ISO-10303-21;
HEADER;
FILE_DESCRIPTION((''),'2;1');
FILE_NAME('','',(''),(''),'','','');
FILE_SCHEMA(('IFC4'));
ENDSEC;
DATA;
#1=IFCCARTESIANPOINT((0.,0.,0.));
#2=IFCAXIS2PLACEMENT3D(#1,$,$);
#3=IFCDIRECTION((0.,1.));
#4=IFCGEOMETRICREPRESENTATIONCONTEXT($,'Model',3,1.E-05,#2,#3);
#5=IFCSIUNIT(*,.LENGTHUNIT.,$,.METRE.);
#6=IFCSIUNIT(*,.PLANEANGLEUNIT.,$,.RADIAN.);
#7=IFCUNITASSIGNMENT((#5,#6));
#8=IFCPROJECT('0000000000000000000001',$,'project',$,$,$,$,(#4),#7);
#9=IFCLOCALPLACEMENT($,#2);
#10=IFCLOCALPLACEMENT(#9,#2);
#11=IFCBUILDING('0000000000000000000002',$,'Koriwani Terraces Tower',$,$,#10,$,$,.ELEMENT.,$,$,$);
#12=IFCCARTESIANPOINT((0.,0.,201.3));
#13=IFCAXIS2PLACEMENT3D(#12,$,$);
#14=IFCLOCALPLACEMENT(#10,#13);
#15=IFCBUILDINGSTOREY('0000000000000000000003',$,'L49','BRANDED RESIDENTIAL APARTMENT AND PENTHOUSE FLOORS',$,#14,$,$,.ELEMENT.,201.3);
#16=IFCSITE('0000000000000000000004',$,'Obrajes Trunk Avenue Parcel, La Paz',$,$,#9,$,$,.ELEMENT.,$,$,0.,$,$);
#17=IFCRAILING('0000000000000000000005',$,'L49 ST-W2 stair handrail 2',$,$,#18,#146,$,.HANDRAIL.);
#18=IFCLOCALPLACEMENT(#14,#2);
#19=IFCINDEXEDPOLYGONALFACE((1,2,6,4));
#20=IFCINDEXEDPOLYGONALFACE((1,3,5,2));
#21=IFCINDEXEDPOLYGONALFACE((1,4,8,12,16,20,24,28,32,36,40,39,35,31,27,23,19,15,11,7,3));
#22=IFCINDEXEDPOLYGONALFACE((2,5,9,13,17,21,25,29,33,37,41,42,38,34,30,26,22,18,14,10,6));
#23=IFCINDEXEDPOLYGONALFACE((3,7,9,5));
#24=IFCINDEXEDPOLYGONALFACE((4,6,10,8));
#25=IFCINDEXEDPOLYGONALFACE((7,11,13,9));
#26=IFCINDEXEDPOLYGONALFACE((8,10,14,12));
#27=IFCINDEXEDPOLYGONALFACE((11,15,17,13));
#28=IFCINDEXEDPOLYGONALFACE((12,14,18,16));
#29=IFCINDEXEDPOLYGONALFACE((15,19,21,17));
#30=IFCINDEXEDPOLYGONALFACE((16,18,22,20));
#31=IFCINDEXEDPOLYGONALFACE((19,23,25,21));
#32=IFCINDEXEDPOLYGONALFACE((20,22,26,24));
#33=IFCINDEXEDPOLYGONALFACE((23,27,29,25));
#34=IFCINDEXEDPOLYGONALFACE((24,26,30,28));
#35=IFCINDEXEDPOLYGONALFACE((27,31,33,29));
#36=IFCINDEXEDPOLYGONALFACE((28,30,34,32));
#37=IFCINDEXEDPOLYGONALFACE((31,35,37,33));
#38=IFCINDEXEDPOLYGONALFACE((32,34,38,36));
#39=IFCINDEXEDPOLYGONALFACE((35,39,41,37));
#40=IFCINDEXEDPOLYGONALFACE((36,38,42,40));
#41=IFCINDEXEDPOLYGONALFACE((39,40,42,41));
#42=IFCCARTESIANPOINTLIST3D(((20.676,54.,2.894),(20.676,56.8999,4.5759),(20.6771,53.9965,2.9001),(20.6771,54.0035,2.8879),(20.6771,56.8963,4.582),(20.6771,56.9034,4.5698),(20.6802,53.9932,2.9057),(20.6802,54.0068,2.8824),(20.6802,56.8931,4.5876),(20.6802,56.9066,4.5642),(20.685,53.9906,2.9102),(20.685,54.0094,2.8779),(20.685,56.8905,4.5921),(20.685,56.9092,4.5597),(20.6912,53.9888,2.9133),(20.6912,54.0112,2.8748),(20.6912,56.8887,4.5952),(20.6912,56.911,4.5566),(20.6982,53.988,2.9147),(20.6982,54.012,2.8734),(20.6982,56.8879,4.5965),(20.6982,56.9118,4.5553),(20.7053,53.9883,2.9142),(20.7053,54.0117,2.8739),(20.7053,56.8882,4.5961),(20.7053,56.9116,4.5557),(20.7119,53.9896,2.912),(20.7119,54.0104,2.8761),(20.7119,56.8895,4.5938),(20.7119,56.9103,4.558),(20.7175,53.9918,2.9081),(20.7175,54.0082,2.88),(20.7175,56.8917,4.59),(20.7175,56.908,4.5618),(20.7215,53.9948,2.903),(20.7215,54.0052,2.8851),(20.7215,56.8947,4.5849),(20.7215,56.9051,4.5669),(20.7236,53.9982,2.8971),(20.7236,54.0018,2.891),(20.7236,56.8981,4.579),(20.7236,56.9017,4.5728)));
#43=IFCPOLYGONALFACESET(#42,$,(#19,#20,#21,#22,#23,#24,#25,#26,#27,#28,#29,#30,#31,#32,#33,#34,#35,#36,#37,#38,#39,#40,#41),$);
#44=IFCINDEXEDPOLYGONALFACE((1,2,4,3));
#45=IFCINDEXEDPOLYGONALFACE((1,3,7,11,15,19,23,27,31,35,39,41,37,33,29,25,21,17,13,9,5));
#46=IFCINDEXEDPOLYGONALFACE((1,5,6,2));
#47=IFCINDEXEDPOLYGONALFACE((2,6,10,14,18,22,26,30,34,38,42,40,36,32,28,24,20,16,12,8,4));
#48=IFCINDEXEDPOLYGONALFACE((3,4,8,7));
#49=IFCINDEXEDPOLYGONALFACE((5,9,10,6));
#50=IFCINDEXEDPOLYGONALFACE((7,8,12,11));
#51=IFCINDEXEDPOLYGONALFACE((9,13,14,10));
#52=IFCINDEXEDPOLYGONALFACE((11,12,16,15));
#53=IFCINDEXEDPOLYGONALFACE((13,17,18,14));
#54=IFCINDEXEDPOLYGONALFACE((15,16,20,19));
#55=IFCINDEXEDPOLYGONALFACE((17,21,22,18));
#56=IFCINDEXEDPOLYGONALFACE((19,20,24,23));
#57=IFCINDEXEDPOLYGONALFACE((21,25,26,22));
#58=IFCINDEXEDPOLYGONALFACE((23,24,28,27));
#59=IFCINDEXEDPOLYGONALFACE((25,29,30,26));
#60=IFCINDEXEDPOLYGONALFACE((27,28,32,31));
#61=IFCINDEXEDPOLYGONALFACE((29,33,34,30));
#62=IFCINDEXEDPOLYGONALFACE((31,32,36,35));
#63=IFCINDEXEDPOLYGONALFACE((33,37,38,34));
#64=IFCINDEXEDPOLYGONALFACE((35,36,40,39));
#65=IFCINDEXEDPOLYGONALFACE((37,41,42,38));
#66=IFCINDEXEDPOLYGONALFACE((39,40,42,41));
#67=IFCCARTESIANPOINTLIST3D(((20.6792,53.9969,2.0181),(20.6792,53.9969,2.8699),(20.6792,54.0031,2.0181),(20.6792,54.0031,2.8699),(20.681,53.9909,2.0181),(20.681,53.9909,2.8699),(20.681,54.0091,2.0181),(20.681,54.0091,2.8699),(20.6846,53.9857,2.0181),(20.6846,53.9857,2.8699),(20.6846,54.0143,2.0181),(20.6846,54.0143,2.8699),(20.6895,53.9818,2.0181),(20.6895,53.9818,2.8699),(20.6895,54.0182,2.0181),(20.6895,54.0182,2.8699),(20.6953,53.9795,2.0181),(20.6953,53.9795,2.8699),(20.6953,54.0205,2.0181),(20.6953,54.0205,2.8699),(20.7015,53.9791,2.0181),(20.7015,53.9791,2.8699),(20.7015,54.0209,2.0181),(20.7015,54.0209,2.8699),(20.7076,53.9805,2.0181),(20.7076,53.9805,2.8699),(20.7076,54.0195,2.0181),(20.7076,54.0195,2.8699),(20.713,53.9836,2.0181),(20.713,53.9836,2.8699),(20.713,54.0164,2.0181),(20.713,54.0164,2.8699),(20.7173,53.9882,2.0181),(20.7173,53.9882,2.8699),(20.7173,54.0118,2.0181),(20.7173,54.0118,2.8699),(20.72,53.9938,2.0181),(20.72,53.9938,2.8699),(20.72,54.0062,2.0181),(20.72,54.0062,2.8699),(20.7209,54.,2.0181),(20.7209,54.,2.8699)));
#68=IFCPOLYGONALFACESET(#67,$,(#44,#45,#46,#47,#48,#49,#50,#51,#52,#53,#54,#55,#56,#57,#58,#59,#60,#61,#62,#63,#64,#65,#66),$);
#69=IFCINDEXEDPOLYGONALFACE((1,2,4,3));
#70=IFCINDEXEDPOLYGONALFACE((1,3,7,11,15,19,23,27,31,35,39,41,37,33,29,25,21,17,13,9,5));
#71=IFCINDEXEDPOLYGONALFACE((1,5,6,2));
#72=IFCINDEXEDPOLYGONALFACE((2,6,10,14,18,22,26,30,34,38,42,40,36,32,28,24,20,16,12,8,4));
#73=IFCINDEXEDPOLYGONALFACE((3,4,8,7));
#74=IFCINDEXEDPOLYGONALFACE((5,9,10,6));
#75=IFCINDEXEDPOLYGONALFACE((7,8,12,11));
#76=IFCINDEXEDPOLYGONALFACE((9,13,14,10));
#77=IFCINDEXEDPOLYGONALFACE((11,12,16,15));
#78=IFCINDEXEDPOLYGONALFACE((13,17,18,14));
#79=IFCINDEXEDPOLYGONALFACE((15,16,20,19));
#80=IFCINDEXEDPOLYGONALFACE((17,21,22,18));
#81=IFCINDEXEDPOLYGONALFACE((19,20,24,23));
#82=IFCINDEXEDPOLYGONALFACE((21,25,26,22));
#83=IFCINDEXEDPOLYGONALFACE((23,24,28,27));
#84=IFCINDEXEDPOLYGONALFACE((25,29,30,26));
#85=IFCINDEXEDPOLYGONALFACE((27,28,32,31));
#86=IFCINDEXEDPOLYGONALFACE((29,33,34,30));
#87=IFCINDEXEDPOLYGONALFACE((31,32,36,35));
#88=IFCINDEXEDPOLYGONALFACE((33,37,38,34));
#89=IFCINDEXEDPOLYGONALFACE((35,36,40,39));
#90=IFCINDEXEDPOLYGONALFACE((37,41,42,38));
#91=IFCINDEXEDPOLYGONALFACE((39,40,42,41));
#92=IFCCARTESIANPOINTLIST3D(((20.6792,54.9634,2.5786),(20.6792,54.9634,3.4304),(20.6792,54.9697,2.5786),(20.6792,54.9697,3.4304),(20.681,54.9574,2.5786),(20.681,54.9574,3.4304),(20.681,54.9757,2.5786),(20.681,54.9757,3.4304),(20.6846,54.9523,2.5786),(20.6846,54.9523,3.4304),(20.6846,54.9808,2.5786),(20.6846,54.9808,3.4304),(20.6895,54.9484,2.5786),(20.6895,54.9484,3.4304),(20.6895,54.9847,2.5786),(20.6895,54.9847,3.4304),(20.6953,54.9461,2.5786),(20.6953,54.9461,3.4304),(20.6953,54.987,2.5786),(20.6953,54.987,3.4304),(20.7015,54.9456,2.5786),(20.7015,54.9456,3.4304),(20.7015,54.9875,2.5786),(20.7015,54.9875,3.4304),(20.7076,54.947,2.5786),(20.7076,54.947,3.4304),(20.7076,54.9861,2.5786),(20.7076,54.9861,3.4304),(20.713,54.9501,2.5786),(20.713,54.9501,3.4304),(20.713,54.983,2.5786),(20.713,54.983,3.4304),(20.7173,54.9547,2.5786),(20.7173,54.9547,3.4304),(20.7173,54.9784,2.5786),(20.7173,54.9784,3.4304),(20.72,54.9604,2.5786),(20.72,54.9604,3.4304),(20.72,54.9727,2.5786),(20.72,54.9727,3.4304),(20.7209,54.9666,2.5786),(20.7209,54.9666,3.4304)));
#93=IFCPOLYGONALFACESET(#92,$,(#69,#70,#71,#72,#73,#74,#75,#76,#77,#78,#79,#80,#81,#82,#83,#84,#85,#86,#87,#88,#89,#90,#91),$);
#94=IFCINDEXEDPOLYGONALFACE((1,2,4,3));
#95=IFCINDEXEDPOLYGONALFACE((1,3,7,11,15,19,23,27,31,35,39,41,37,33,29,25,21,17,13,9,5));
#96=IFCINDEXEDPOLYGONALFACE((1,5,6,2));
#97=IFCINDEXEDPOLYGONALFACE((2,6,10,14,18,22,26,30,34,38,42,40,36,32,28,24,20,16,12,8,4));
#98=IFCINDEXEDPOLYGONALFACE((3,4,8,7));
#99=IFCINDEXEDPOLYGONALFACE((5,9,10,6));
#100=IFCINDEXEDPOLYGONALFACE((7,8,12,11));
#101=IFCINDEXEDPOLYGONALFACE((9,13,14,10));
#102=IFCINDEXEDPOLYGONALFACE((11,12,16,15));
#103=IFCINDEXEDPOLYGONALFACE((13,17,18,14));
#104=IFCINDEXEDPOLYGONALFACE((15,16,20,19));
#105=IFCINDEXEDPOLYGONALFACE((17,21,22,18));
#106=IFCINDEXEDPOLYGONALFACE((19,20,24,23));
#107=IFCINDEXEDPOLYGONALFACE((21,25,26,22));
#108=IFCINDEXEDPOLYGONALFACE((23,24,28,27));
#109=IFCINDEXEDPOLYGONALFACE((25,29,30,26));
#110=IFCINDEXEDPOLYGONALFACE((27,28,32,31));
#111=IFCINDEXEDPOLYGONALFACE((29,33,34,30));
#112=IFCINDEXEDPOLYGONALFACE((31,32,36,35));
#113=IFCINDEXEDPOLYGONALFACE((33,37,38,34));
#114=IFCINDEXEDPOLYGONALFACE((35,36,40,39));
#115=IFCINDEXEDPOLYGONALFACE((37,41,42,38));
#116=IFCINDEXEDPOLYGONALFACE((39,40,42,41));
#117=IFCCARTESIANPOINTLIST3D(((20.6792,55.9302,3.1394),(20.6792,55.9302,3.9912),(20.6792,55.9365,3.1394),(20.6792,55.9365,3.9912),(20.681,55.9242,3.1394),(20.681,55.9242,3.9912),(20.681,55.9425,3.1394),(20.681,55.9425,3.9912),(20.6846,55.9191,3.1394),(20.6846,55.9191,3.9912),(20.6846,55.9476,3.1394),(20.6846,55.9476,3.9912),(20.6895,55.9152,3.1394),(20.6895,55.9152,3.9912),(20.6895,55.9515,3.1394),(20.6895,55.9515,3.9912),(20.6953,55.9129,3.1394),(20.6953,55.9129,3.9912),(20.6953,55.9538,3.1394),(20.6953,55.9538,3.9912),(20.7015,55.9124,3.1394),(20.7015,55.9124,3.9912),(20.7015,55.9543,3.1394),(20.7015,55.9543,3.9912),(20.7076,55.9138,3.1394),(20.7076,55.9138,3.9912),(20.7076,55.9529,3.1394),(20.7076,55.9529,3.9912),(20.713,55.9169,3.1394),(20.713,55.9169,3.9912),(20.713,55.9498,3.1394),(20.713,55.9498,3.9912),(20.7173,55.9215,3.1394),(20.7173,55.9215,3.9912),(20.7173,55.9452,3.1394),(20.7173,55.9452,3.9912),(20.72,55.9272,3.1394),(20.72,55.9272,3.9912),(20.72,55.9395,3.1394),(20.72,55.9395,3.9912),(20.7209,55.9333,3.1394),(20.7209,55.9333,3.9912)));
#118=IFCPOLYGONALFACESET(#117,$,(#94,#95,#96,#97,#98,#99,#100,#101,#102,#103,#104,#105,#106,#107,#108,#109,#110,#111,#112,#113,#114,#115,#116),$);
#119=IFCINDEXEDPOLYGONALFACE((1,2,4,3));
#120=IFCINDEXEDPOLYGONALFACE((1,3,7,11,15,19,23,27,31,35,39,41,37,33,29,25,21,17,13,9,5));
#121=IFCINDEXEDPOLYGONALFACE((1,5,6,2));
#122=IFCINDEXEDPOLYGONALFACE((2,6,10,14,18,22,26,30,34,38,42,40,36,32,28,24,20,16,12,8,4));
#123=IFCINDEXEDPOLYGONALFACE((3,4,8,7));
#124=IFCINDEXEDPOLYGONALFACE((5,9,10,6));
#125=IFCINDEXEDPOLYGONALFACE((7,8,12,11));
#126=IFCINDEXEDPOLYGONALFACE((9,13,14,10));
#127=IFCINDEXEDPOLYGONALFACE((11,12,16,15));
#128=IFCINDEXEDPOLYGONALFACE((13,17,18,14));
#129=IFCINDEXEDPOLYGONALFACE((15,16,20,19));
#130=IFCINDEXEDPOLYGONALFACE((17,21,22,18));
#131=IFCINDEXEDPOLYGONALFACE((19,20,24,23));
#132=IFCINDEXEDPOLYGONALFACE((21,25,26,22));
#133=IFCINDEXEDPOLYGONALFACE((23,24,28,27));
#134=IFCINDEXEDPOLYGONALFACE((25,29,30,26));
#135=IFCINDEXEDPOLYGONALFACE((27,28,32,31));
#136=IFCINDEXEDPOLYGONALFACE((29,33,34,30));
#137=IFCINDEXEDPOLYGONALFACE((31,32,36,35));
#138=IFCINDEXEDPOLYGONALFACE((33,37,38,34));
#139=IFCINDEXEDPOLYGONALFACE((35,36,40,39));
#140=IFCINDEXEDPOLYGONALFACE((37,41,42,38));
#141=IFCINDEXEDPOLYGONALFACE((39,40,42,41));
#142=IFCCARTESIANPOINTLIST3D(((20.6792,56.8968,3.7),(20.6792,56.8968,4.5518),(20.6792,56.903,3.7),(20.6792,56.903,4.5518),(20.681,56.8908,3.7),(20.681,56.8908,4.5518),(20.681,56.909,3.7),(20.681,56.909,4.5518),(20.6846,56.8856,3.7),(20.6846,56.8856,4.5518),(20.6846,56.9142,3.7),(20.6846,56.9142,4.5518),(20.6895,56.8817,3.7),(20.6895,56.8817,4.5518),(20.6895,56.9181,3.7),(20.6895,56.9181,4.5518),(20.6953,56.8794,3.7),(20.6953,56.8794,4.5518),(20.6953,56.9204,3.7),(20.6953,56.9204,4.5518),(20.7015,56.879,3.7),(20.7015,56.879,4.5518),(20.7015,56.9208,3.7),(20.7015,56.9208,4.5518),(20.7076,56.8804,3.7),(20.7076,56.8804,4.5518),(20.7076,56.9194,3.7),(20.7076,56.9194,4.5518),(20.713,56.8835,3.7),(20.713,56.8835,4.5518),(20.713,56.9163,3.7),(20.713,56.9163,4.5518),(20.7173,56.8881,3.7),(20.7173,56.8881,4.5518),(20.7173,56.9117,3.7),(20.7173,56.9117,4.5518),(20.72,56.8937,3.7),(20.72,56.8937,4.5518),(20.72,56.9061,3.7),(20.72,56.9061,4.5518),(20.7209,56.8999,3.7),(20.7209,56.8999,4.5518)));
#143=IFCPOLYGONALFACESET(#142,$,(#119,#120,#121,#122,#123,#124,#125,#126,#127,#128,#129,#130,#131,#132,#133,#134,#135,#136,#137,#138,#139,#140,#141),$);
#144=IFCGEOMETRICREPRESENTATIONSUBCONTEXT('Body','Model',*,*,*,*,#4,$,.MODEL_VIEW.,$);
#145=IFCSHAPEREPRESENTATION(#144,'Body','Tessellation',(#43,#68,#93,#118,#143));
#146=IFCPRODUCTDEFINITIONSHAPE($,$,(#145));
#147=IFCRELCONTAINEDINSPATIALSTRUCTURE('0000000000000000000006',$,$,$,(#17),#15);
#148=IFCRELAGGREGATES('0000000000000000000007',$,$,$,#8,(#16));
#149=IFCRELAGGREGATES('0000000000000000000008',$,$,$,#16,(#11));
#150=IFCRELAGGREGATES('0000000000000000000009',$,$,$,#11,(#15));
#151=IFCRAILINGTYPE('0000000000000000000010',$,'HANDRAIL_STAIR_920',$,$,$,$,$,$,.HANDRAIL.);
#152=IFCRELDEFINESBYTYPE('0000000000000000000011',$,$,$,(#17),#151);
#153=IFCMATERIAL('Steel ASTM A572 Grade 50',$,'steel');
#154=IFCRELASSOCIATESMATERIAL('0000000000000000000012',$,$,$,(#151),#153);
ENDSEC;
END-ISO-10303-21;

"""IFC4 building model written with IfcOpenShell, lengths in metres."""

from ifc_helpers import new_model, si_unit, direction, frame, origin, origin_2d, place, context, subcontext, project, spatial, circle, extrude, material, type_object, element, save


model = new_model("IFC4")

# Units and contexts
model_context = context("Model", 3, precision=1e-05, world=origin(), true_north=direction((0.0, 1.0)))
body_context = subcontext(model_context, "Body", "Model", "MODEL_VIEW")
ifc_project = project(units=[si_unit("LENGTHUNIT", "METRE"), si_unit("PLANEANGLEUNIT", "RADIAN")], contexts=[model_context])

# Site, building, storey
site_placement = place(None, origin())
site = spatial("IfcSite", under=ifc_project, at=site_placement, Name="Obrajes Trunk Avenue Parcel, La Paz", CompositionType="ELEMENT", RefElevation=0.0)
building_placement = place(site_placement, origin())
building = spatial("IfcBuilding", under=site, at=building_placement, Name="Koriwani Terraces Tower", CompositionType="ELEMENT")
storey_placement = place(building_placement, frame((0.0, 0.0, 201.3)))
storey = spatial("IfcBuildingStorey", under=building, at=storey_placement, Name="L49", Description="BRANDED RESIDENTIAL APARTMENT AND PENTHOUSE FLOORS", CompositionType="ELEMENT", Elevation=201.3)

# Shared definitions
ifc_material_1 = material(Name="Steel ASTM A572 Grade 50", Category="steel")

# Railing
railing_type_1 = type_object("IfcRailingType", Name="HANDRAIL_STAIR_920", PredefinedType="HANDRAIL", material=ifc_material_1)
railing_1_placement = place(storey_placement, frame((20.7, 54.0, 2.0181)))
element("IfcRailing", 1, at=railing_1_placement, inside=storey, type_object=railing_type_1, Name="L49 ST-W2 stair handrail 2", PredefinedType="HANDRAIL", context=body_context, shape_type="SweptSolid", body=[
    extrude(circle(Radius=0.0239, at=origin_2d()), frame((0.0, 0.0, 0.876), z_axis=(0.0, 0.865039, 0.501705), x_axis=(-1.0, 0.0, 0.0)), (0.0, 0.0, 1.0), 3.3523),
    extrude(circle(Radius=0.021, at=origin_2d()), origin(), (0.0, 0.0, 1.0), 0.8518),
    extrude(circle(Radius=0.021, at=origin_2d()), frame((0.0, 0.9666, 0.5605)), (0.0, 0.0, 1.0), 0.8518),
    extrude(circle(Radius=0.021, at=origin_2d()), frame((0.0, 1.9333, 1.1213)), (0.0, 0.0, 1.0), 0.8518),
    extrude(circle(Radius=0.021, at=origin_2d()), frame((0.0, 2.8999, 1.6819)), (0.0, 0.0, 1.0), 0.8518),
])

save(model, "model.ifc")
